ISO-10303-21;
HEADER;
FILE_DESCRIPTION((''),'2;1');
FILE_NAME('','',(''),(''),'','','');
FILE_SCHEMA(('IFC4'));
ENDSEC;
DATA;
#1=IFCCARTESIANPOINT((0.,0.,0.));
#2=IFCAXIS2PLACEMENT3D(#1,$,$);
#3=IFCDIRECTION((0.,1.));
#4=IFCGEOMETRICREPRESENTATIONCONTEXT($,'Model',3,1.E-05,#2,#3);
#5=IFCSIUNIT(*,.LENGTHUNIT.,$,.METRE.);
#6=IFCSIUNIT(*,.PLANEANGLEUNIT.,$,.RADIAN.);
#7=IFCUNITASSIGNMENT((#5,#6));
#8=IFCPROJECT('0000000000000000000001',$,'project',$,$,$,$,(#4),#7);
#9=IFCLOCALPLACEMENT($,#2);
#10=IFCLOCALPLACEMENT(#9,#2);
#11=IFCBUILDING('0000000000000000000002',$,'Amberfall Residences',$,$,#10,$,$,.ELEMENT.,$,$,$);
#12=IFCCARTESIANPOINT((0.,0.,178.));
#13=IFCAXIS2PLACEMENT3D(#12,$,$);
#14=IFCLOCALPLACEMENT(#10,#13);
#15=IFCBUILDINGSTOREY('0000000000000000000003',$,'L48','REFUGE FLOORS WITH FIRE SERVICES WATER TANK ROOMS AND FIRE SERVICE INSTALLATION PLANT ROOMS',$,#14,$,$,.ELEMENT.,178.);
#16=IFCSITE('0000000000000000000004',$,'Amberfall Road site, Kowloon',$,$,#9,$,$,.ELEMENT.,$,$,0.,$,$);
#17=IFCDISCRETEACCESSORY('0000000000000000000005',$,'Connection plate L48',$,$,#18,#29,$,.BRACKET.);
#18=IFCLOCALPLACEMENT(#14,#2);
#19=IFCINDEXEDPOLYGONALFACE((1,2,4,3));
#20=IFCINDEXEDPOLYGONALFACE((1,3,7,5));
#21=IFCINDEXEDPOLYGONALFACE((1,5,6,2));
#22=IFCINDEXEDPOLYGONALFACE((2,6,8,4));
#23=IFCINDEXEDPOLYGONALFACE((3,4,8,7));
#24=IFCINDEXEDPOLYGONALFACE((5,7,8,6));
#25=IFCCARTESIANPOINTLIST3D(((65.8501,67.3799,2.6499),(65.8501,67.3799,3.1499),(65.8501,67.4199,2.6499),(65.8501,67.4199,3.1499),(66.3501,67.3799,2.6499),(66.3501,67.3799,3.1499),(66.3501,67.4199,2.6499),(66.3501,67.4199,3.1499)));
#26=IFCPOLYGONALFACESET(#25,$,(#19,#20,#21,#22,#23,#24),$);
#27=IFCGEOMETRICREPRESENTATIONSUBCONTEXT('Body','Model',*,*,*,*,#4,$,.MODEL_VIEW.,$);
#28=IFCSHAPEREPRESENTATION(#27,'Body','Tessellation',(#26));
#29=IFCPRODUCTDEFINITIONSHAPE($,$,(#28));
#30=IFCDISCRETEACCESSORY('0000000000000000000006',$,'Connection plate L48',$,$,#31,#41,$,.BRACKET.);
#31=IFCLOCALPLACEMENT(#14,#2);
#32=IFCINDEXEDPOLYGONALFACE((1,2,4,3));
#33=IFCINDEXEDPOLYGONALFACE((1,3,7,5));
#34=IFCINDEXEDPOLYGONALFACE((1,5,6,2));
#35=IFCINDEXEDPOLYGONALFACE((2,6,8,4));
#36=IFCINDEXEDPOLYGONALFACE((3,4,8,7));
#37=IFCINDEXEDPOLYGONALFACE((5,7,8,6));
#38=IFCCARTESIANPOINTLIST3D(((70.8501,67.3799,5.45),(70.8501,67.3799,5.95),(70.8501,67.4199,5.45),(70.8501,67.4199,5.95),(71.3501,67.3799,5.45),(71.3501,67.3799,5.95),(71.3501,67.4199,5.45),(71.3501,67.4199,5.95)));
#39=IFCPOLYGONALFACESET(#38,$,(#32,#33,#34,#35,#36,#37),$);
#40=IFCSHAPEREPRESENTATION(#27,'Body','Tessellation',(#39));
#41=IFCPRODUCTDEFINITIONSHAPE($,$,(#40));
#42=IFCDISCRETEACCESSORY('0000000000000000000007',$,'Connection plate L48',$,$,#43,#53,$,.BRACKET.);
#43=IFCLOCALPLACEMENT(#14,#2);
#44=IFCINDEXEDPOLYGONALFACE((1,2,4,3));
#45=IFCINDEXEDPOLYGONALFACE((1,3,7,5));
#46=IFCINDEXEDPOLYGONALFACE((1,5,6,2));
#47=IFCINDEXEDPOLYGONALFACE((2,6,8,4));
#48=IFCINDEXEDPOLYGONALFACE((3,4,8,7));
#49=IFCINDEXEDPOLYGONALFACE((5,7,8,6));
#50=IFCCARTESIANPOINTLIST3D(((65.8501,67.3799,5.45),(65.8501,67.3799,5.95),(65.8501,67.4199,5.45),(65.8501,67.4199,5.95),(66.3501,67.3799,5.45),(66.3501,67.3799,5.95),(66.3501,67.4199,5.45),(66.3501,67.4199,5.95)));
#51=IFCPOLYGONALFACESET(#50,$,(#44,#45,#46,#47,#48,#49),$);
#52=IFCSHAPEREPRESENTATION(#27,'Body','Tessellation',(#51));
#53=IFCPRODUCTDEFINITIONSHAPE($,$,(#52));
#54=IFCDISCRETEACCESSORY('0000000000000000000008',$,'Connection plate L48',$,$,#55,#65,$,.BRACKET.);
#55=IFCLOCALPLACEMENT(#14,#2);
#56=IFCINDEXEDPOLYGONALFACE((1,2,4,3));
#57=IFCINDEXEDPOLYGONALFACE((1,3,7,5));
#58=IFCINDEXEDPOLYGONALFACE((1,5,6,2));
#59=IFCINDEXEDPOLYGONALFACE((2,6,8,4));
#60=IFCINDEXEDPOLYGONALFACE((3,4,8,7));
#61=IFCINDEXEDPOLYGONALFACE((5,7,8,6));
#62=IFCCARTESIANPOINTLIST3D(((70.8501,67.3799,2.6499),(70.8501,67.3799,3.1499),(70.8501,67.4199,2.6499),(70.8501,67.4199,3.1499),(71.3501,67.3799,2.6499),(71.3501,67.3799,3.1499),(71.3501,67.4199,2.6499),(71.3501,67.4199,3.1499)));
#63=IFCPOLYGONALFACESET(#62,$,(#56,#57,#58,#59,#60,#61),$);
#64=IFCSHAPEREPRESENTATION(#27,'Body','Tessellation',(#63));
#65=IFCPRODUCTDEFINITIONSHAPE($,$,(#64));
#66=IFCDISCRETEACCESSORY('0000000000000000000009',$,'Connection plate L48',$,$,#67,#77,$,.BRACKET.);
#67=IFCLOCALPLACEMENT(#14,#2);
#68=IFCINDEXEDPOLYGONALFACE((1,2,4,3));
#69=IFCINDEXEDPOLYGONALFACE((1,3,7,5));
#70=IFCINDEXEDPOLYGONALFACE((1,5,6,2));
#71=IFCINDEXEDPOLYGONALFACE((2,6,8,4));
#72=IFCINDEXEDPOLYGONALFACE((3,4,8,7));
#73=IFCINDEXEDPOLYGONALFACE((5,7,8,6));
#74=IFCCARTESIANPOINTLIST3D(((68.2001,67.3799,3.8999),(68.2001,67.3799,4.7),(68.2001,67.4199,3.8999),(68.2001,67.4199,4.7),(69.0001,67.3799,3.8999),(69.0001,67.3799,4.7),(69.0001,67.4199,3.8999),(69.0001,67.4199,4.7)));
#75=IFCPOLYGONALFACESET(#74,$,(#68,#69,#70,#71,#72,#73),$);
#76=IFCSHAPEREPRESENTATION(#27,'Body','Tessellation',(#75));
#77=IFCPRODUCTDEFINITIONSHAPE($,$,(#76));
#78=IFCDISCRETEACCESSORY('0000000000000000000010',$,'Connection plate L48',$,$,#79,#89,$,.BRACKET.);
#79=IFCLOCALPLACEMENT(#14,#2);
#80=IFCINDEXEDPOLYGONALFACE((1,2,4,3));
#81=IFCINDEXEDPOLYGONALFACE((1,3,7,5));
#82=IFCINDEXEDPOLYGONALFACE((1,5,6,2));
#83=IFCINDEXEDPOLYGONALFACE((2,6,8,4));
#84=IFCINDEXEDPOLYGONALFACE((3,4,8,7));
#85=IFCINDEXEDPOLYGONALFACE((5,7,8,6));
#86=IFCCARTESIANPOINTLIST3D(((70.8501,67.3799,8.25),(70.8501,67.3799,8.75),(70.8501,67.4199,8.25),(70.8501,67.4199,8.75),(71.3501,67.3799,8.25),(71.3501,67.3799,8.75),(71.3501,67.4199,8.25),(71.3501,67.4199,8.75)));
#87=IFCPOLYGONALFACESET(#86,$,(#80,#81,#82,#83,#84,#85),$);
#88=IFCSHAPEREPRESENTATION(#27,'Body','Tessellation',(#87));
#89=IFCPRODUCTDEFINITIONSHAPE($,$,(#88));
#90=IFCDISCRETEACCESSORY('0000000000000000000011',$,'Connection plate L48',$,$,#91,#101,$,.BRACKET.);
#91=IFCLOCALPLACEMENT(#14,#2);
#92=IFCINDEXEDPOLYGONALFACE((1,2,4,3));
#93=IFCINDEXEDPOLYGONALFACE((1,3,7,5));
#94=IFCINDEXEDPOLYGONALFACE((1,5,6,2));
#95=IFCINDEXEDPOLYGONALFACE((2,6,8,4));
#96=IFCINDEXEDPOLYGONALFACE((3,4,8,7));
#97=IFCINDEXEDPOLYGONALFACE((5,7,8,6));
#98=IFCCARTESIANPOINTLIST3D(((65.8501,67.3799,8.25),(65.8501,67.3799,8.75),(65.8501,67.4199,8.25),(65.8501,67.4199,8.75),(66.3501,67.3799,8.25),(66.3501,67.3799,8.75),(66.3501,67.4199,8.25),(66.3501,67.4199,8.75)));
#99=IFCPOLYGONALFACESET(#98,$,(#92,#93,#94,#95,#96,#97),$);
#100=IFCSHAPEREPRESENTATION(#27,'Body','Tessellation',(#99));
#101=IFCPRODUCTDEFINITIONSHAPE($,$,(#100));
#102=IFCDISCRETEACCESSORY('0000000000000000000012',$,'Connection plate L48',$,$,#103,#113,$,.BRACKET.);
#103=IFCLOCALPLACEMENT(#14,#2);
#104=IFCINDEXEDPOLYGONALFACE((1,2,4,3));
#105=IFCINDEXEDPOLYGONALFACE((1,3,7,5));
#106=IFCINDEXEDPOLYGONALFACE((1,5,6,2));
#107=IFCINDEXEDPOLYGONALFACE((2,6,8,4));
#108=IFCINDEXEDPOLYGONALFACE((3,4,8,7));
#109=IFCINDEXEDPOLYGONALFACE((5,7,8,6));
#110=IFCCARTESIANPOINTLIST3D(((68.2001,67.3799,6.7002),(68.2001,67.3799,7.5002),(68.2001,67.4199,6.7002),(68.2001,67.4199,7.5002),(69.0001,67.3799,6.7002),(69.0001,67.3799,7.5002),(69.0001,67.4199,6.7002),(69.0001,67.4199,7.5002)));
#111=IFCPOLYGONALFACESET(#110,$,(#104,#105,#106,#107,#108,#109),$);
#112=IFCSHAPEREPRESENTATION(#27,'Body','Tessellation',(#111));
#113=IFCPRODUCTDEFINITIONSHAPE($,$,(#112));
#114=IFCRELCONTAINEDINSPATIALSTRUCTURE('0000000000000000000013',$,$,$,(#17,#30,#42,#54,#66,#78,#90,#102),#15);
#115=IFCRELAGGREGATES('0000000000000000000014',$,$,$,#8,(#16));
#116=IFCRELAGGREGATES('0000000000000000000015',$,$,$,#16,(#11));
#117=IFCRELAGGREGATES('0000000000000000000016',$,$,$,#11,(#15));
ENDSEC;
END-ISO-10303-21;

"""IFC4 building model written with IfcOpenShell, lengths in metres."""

from ifc_helpers import new_model, si_unit, direction, frame, origin, origin_2d, place, context, subcontext, project, spatial, rectangle, extrude, element, save


model = new_model("IFC4")

# Units and contexts
model_context = context("Model", 3, precision=1e-05, world=origin(), true_north=direction((0.0, 1.0)))
body_context = subcontext(model_context, "Body", "Model", "MODEL_VIEW")
ifc_project = project(units=[si_unit("LENGTHUNIT", "METRE"), si_unit("PLANEANGLEUNIT", "RADIAN")], contexts=[model_context])

# Site, building, storey
site_placement = place(None, origin())
site = spatial("IfcSite", under=ifc_project, at=site_placement, Name="Amberfall Road site, Kowloon", CompositionType="ELEMENT", RefElevation=0.0)
building_placement = place(site_placement, origin())
building = spatial("IfcBuilding", under=site, at=building_placement, Name="Amberfall Residences", CompositionType="ELEMENT")
storey_placement = place(building_placement, frame((0.0, 0.0, 178.0)))
storey = spatial("IfcBuildingStorey", under=building, at=storey_placement, Name="L48", Description="REFUGE FLOORS WITH FIRE SERVICES WATER TANK ROOMS AND FIRE SERVICE INSTALLATION PLANT ROOMS", CompositionType="ELEMENT", Elevation=178.0)

# Discrete accessories
for number, where, z_axis, x_axis, name in (
    (1, (66.1001, 67.3999, 2.6499), (0.0, 0.0, 1.0), (1.0, 0.0, 0.0), "Connection plate L48"),
    (2, (71.1001, 67.3999, 5.45), (0.0, 0.0, 1.0), (1.0, 0.0, 0.0), "Connection plate L48"),
    (3, (66.1001, 67.3999, 5.45), (0.0, 0.0, 1.0), (1.0, 0.0, 0.0), "Connection plate L48"),
    (4, (71.1001, 67.3999, 2.6499), (0.0, 0.0, 1.0), (1.0, 0.0, 0.0), "Connection plate L48"),
):
    element("IfcDiscreteAccessory", number, at=place(storey_placement, frame(where, z_axis=z_axis, x_axis=x_axis)), inside=storey, Name=name, PredefinedType="BRACKET", context=body_context, shape_type="SweptSolid", body=[
        extrude(rectangle(XDim=0.5, YDim=0.04, at=origin_2d()), origin(), (0.0, 0.0, 1.0), 0.5),
    ])
discrete_accessory_1_placement = place(storey_placement, frame((68.6001, 67.3999, 3.8999), z_axis=(0.0, 0.0, 1.0), x_axis=(1.0, 0.0, 0.0)))
element("IfcDiscreteAccessory", 5, at=discrete_accessory_1_placement, inside=storey, Name="Connection plate L48", PredefinedType="BRACKET", context=body_context, shape_type="SweptSolid", body=[
    extrude(rectangle(XDim=0.8, YDim=0.04, at=origin_2d()), origin(), (0.0, 0.0, 1.0), 0.8),
])
for number, where, z_axis, x_axis, name in (
    (6, (71.1001, 67.3999, 8.25), (0.0, 0.0, 1.0), (1.0, 0.0, 0.0), "Connection plate L48"),
    (7, (66.1001, 67.3999, 8.25), (0.0, 0.0, 1.0), (1.0, 0.0, 0.0), "Connection plate L48"),
):
    element("IfcDiscreteAccessory", number, at=place(storey_placement, frame(where, z_axis=z_axis, x_axis=x_axis)), inside=storey, Name=name, PredefinedType="BRACKET", context=body_context, shape_type="SweptSolid", body=[
        extrude(rectangle(XDim=0.5, YDim=0.04, at=origin_2d()), origin(), (0.0, 0.0, 1.0), 0.5),
    ])
discrete_accessory_2_placement = place(storey_placement, frame((68.6001, 67.3999, 6.7002), z_axis=(0.0, 0.0, 1.0), x_axis=(1.0, 0.0, 0.0)))
element("IfcDiscreteAccessory", 8, at=discrete_accessory_2_placement, inside=storey, Name="Connection plate L48", PredefinedType="BRACKET", context=body_context, shape_type="SweptSolid", body=[
    extrude(rectangle(XDim=0.8, YDim=0.04, at=origin_2d()), origin(), (0.0, 0.0, 1.0), 0.8),
])

save(model, "model.ifc")
